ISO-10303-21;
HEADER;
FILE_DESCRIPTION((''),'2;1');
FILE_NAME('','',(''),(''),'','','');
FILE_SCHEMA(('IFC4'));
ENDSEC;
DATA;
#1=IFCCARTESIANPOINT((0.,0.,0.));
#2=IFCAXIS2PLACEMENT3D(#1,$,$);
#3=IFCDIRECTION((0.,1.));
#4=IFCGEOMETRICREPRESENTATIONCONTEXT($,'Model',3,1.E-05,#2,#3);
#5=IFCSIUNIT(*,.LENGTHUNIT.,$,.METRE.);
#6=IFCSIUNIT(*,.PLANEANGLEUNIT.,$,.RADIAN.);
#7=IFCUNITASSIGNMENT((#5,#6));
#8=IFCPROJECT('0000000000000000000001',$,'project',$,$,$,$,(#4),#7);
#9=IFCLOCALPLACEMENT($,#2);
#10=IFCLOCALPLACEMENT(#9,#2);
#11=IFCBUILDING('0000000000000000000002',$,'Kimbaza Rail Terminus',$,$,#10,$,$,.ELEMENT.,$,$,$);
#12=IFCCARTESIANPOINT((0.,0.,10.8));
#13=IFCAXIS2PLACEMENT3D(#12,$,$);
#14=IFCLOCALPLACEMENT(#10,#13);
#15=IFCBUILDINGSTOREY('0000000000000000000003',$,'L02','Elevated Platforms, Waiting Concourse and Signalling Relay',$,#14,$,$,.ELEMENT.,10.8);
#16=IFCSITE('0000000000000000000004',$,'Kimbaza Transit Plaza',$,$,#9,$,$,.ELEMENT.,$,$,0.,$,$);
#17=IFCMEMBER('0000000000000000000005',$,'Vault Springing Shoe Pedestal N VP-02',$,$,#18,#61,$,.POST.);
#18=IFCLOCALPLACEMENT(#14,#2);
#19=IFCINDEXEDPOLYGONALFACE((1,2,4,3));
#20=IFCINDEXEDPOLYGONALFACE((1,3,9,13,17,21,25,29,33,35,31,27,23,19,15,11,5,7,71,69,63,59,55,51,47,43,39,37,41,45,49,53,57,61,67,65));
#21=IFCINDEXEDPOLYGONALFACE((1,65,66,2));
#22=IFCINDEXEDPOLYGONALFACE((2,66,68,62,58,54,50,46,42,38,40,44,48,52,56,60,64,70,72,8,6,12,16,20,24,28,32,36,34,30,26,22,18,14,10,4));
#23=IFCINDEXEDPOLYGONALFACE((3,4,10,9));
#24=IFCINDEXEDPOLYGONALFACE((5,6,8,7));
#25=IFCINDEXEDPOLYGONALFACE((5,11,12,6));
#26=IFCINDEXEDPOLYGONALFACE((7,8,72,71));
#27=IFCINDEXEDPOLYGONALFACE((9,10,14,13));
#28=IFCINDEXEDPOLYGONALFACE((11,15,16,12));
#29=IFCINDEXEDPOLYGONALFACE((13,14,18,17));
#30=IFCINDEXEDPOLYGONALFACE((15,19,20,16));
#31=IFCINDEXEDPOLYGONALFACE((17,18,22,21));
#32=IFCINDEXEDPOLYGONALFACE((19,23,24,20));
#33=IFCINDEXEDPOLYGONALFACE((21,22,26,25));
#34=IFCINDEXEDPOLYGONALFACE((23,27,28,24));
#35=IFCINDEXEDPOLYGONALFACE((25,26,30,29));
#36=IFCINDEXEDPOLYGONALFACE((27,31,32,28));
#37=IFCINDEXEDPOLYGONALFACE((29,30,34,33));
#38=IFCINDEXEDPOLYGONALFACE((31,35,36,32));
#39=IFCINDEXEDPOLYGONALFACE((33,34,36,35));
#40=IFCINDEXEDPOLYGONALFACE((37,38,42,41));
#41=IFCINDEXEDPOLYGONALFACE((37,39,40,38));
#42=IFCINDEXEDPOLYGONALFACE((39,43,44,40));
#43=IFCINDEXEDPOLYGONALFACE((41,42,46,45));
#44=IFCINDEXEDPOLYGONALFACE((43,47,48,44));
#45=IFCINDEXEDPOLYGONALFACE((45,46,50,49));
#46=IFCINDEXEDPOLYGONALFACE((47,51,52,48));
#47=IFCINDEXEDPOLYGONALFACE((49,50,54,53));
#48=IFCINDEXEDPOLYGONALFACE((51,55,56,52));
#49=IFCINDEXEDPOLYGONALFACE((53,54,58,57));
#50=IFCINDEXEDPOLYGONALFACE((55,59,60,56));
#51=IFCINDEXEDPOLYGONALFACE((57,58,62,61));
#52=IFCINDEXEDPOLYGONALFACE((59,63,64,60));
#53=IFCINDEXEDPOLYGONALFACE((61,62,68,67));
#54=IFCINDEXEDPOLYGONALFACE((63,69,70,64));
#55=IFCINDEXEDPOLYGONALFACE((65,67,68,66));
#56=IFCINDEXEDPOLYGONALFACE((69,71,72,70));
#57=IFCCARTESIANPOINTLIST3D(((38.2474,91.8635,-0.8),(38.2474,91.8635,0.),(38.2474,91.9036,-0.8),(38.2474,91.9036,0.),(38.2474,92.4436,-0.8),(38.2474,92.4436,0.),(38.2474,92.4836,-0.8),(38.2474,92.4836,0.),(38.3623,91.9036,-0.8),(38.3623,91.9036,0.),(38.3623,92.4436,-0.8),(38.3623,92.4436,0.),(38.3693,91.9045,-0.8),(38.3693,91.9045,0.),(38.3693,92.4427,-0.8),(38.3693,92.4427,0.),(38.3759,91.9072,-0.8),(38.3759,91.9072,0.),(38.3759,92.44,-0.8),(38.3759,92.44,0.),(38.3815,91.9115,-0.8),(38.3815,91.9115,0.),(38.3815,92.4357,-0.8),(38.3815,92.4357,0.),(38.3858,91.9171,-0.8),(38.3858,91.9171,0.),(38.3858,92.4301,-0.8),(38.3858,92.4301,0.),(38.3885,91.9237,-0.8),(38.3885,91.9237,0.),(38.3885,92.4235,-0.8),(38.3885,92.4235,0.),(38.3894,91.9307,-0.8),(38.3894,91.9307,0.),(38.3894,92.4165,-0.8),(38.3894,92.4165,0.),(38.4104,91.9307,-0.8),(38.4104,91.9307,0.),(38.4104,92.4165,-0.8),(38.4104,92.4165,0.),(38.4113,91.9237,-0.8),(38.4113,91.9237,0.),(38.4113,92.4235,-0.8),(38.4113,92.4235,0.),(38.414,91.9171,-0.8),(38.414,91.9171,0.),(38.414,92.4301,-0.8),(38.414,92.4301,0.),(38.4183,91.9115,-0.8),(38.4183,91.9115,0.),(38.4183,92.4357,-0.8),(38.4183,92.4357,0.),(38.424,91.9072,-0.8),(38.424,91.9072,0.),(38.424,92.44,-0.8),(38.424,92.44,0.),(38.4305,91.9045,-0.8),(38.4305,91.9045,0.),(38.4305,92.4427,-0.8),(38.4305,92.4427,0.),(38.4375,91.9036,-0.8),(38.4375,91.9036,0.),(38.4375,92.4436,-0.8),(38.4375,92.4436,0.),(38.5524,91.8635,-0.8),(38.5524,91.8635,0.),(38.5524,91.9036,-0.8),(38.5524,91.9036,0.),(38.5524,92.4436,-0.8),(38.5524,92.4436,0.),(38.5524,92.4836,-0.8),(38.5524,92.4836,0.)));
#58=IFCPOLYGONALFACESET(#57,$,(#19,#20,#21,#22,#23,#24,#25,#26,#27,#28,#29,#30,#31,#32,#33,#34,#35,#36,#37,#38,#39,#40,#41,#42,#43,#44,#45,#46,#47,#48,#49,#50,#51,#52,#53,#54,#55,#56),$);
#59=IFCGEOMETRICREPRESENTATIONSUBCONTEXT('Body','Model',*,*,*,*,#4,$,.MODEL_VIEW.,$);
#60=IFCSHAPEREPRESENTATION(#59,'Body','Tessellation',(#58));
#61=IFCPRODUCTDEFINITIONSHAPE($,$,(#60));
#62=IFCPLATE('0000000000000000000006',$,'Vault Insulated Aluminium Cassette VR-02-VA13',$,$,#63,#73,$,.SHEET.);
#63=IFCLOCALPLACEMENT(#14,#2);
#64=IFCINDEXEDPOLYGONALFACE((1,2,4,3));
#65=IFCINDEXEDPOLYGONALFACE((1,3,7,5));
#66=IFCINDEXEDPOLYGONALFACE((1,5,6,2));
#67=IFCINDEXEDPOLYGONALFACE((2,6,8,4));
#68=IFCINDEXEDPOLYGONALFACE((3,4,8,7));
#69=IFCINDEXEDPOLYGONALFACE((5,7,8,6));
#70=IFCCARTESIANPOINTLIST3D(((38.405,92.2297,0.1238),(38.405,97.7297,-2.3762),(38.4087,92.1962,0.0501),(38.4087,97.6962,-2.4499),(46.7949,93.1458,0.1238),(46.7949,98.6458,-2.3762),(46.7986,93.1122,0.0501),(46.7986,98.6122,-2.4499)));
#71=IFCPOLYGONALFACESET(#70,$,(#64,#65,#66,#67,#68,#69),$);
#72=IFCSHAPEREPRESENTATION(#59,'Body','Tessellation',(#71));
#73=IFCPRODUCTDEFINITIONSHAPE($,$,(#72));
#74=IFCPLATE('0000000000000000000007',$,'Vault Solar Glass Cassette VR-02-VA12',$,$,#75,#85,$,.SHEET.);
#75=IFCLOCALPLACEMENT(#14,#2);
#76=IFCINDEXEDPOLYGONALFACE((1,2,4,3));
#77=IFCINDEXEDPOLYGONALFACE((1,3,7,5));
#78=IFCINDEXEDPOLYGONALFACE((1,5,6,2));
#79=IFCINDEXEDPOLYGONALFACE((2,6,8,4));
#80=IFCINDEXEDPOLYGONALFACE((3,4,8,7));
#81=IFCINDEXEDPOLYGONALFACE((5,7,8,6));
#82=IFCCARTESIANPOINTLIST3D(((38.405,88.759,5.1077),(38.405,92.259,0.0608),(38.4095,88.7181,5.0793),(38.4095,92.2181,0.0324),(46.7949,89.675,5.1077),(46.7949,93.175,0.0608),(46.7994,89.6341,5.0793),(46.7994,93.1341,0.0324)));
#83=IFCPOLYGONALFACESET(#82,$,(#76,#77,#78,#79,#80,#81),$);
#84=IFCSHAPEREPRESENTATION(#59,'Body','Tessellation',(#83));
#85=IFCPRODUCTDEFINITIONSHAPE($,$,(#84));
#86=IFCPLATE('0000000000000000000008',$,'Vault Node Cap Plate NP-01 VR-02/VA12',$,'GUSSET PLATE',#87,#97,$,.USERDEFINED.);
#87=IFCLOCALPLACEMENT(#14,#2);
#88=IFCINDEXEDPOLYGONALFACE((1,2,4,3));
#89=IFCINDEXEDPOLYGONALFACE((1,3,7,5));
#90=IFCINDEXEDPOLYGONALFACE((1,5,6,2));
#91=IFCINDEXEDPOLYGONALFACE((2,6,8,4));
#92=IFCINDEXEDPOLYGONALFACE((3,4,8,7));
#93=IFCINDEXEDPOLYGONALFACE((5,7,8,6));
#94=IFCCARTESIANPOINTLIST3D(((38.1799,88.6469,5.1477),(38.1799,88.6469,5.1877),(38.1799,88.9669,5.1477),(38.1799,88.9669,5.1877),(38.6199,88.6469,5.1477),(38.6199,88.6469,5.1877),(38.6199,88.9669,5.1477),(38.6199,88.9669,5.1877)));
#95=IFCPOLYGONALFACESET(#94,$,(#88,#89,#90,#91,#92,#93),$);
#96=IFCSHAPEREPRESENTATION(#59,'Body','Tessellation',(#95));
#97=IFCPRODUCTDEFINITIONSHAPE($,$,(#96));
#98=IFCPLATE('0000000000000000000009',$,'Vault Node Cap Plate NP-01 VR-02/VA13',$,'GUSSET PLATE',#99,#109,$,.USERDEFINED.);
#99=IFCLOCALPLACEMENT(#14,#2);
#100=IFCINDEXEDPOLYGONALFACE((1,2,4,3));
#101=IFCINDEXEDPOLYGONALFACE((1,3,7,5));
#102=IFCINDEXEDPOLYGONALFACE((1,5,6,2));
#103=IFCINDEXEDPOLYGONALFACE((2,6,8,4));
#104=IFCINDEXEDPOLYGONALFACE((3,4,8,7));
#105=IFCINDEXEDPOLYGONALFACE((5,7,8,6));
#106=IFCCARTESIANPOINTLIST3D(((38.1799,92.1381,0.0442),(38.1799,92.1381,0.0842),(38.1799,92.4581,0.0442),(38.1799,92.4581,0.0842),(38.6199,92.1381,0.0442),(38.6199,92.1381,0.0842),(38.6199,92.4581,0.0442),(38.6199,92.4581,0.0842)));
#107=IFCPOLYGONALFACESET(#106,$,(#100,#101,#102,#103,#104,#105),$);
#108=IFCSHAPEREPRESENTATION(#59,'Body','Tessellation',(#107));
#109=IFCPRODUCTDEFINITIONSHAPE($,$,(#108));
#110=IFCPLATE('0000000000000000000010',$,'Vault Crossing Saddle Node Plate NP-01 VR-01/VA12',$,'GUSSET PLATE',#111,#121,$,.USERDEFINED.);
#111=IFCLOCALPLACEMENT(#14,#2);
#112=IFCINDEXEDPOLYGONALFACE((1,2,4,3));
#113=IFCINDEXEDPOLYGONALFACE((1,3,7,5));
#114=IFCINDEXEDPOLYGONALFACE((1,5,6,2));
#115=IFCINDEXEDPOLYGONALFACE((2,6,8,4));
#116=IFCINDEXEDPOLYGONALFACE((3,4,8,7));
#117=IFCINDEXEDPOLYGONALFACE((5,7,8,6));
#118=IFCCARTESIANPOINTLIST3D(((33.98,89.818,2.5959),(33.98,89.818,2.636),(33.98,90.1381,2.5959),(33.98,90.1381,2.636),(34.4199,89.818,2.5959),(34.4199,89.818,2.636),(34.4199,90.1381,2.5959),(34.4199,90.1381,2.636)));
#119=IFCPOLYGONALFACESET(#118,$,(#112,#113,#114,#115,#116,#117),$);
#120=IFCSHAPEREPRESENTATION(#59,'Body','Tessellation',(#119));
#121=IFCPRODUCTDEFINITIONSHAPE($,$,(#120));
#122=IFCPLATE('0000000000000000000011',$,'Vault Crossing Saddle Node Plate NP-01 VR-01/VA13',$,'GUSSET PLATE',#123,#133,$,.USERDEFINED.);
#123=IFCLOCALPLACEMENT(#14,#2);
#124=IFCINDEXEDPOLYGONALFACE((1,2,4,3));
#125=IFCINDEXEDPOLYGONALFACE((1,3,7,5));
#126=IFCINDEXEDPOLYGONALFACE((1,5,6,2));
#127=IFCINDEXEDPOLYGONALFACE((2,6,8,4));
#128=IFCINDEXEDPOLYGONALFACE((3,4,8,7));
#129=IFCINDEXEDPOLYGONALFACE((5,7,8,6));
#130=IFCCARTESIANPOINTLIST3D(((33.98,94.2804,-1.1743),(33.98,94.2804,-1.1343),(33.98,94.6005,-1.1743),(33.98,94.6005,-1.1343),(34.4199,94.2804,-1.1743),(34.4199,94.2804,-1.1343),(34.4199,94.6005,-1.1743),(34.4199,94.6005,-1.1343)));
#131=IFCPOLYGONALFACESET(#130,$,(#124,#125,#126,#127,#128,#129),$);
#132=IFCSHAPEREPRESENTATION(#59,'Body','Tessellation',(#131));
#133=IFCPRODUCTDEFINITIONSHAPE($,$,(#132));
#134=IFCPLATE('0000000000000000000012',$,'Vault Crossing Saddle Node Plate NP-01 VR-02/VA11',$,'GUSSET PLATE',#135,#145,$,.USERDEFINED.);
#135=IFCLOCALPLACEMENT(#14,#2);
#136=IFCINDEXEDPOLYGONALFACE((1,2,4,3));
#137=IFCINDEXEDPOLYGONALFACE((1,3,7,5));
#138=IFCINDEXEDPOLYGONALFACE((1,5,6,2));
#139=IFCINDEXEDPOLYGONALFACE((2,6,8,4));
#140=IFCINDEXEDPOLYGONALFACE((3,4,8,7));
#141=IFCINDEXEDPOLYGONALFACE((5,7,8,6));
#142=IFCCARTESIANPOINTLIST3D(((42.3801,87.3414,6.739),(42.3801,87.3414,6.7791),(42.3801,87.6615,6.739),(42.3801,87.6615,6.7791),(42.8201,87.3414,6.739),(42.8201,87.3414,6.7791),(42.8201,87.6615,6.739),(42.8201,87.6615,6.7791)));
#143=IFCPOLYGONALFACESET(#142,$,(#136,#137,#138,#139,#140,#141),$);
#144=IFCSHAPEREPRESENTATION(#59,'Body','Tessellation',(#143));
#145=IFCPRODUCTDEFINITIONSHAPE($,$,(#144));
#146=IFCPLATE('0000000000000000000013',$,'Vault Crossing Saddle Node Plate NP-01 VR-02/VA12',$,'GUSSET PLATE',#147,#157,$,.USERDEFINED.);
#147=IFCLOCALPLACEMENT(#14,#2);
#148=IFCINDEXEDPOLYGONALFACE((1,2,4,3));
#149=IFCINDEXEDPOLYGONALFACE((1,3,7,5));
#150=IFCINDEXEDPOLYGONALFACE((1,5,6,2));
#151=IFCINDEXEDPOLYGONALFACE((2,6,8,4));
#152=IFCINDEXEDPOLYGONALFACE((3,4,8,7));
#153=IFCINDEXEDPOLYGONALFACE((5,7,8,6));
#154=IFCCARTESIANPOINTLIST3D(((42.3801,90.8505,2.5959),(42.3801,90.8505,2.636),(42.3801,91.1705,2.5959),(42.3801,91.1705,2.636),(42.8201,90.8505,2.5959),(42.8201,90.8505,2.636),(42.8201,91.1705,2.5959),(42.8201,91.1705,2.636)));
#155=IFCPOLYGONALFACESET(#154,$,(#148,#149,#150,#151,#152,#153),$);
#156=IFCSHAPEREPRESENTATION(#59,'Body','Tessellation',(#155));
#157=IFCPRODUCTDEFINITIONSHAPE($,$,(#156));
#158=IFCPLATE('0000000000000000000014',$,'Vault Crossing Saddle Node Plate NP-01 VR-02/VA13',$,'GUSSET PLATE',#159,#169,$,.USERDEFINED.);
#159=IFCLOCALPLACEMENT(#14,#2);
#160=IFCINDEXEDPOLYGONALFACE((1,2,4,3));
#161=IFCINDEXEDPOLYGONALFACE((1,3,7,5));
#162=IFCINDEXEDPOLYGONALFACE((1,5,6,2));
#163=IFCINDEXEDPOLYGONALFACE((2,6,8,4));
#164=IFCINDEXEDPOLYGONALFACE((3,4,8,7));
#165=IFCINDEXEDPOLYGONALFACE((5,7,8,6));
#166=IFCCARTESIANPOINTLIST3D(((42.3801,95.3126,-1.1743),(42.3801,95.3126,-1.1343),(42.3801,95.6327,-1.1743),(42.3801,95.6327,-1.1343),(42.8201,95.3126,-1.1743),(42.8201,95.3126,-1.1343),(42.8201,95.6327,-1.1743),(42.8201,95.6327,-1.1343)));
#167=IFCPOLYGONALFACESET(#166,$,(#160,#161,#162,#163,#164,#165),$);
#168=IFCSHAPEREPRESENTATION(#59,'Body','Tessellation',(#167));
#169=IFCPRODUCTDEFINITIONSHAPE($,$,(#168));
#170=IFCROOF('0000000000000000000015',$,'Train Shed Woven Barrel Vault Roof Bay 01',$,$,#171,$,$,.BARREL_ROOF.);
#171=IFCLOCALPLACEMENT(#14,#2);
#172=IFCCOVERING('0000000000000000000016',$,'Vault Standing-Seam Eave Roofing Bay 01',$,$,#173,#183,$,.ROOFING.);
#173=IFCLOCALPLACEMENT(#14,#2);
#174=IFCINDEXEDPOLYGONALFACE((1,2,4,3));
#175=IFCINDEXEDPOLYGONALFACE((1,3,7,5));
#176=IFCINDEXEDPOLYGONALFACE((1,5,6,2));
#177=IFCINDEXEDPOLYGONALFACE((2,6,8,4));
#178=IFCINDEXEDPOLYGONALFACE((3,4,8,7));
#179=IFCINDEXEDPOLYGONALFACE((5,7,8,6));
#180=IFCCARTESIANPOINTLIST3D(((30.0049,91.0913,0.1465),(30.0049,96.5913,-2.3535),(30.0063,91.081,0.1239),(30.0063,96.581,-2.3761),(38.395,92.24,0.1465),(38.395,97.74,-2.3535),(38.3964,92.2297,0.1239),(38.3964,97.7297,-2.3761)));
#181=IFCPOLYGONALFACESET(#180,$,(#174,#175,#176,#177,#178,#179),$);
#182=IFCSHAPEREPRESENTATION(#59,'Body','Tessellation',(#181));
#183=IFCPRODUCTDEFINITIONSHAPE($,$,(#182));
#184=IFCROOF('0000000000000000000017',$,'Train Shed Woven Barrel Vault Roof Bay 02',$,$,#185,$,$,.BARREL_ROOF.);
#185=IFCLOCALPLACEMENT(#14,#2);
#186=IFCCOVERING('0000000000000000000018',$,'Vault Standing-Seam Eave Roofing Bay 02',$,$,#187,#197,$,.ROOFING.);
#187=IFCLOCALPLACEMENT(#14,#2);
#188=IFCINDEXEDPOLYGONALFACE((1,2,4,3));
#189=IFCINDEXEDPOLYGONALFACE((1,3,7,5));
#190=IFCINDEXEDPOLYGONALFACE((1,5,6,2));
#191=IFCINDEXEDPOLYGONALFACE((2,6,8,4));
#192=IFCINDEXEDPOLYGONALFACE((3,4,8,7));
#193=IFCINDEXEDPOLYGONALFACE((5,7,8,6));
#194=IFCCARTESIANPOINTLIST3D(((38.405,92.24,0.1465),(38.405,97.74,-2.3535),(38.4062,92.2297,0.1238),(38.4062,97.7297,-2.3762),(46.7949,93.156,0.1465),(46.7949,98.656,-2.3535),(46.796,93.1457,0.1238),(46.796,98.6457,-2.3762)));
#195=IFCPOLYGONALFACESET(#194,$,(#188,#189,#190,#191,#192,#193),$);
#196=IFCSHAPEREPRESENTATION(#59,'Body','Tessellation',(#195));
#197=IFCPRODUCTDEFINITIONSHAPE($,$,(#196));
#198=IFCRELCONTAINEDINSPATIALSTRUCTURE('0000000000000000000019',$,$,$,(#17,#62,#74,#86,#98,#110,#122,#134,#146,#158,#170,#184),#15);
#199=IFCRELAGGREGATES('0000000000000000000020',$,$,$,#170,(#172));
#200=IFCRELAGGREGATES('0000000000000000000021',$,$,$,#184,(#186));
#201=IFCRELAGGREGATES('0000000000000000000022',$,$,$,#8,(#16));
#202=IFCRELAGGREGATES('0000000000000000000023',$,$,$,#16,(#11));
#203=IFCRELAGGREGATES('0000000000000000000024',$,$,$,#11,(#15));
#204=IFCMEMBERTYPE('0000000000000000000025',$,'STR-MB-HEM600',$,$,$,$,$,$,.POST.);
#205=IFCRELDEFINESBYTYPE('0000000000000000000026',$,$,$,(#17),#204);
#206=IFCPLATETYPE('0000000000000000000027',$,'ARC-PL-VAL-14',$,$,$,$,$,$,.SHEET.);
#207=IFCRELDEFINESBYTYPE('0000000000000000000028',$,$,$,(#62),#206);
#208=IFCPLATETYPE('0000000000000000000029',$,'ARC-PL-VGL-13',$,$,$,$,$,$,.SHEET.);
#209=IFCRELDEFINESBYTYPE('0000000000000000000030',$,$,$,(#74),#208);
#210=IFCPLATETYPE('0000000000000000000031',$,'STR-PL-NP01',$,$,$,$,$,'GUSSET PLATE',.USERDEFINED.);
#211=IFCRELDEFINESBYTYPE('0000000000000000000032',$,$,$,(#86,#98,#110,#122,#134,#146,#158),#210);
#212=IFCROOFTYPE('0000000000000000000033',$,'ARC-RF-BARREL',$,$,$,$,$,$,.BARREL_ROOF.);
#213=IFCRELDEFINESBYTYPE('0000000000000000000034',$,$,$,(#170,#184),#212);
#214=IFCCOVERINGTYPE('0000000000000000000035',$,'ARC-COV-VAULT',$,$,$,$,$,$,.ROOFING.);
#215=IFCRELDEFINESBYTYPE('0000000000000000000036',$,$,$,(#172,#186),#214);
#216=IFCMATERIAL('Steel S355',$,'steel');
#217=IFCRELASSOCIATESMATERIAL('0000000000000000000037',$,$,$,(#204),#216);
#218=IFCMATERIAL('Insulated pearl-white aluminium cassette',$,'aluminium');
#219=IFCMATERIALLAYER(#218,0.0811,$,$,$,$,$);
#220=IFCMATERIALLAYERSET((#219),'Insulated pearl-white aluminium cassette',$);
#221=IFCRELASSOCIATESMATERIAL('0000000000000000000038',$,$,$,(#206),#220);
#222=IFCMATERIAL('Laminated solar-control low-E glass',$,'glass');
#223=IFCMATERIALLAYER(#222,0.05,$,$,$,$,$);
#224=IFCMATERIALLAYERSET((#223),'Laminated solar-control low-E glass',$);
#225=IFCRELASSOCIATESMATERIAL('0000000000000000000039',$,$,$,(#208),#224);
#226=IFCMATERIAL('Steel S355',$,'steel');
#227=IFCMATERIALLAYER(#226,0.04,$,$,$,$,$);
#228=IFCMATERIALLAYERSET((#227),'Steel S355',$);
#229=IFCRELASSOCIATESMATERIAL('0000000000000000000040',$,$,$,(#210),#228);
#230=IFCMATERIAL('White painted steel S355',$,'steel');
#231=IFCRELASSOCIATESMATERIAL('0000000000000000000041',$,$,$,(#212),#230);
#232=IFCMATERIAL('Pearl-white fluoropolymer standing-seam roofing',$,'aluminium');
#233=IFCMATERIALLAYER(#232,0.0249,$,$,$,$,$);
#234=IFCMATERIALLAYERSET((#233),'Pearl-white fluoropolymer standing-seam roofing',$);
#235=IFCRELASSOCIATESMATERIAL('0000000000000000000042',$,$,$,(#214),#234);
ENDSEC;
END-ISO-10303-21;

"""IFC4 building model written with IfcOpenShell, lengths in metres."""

from ifc_helpers import new_model, si_unit, direction, frame, origin, origin_2d, place, context, subcontext, project, spatial, polyline, rectangle, i_section, outline, extrude, material, layer, layer_set, material_profile, profile_set, type_object, element, aggregate, save


model = new_model("IFC4")

# Units and contexts
model_context = context("Model", 3, precision=1e-05, world=origin(), true_north=direction((0.0, 1.0)))
body_context = subcontext(model_context, "Body", "Model", "MODEL_VIEW")
ifc_project = project(units=[si_unit("LENGTHUNIT", "METRE"), si_unit("PLANEANGLEUNIT", "RADIAN")], contexts=[model_context])

# Site, building, storey
site_placement = place(None, origin())
site = spatial("IfcSite", under=ifc_project, at=site_placement, Name="Kimbaza Transit Plaza", CompositionType="ELEMENT", RefElevation=0.0)
building_placement = place(site_placement, origin())
building = spatial("IfcBuilding", under=site, at=building_placement, Name="Kimbaza Rail Terminus", CompositionType="ELEMENT")
storey_placement = place(building_placement, frame((0.0, 0.0, 10.8)))
storey = spatial("IfcBuildingStorey", under=building, at=storey_placement, Name="L02", Description="Elevated Platforms, Waiting Concourse and Signalling Relay", CompositionType="ELEMENT", Elevation=10.8)

# Member
ifc_material_1 = material(Name="Steel S355", Category="steel")
ifc_material_profile_1 = material_profile(ifc_material_1, i_section(OverallWidth=0.3049, OverallDepth=0.6201, WebThickness=0.021, FlangeThickness=0.04, FilletRadius=0.0271, at=origin_2d()), Name="HEM 600")
ifc_profile_set_1 = profile_set([ifc_material_profile_1], Name="Steel S355")
member_type_1 = type_object("IfcMemberType", Name="STR-MB-HEM600", PredefinedType="POST", material=ifc_profile_set_1)
member_1_placement = place(storey_placement, frame((38.3999, 92.1736, -0.8), z_axis=(0.0, 0.0, 1.0), x_axis=(1.0, 0.0, 0.0)))
element("IfcMember", 1, at=member_1_placement, inside=storey, type_object=member_type_1, Name="Vault Springing Shoe Pedestal N VP-02", PredefinedType="POST", context=body_context, shape_type="SweptSolid", body=[
    extrude(i_section(OverallWidth=0.3049, OverallDepth=0.6201, WebThickness=0.021, FlangeThickness=0.04, FilletRadius=0.0271, at=origin_2d()), origin(), (0.0, 0.0, 1.0), 0.8),
])

# Plates
ifc_material_2 = material(Name="Insulated pearl-white aluminium cassette", Category="aluminium")
ifc_layer_1 = layer(ifc_material_2, 0.0811)
ifc_layer_set_1 = layer_set([ifc_layer_1], Name="Insulated pearl-white aluminium cassette")
plate_type_1 = type_object("IfcPlateType", Name="ARC-PL-VAL-14", PredefinedType="SHEET", material=ifc_layer_set_1)
plate_1_placement = place(storey_placement, frame((38.405, 92.2297, 0.1238), z_axis=(-0.045133, 0.413381, 0.909439), x_axis=(0.994093, 0.108536, 0.0)))
element("IfcPlate", 2, at=plate_1_placement, inside=storey, type_object=plate_type_1, Name="Vault Insulated Aluminium Cassette VR-02-VA13", PredefinedType="SHEET", context=body_context, shape_type="SweptSolid", body=[
    extrude(outline(polyline([(0.0, 0.0), (8.4398, 0.0), (9.0367, 6.012), (0.5969, 6.012), (0.0, 0.0)])), origin(), (0.0, 0.0, -1.0), 0.0811),
])
ifc_material_3 = material(Name="Laminated solar-control low-E glass", Category="glass")
ifc_layer_2 = layer(ifc_material_3, 0.05)
ifc_layer_set_2 = layer_set([ifc_layer_2], Name="Laminated solar-control low-E glass")
plate_type_2 = type_object("IfcPlateType", Name="ARC-PL-VGL-13", PredefinedType="SHEET", material=ifc_layer_set_2)
plate_2_placement = place(storey_placement, frame((38.405, 88.759, 5.1077), z_axis=(-0.089359, 0.818447, 0.567591), x_axis=(0.994093, 0.108536, 0.0)))
element("IfcPlate", 3, at=plate_2_placement, inside=storey, type_object=plate_type_2, Name="Vault Solar Glass Cassette VR-02-VA12", PredefinedType="SHEET", context=body_context, shape_type="SweptSolid", body=[
    extrude(outline(polyline([(0.0, 0.0), (8.4398, 0.0), (8.8196, 6.13), (0.3799, 6.13), (0.0, 0.0)])), origin(), (0.0, 0.0, -1.0), 0.05),
])
ifc_material_4 = material(Name="Steel S355", Category="steel")
ifc_layer_3 = layer(ifc_material_4, 0.04)
ifc_layer_set_3 = layer_set([ifc_layer_3], Name="Steel S355")
plate_type_3 = type_object("IfcPlateType", Name="STR-PL-NP01", ElementType="GUSSET PLATE", PredefinedType="USERDEFINED", material=ifc_layer_set_3)
for number, where, z_axis, x_axis, name in (
    (4, (38.3999, 88.8069, 5.1477), (0.0, 0.0, 1.0), (1.0, 0.0, 0.0), "Vault Node Cap Plate NP-01 VR-02/VA12"),
    (5, (38.3999, 92.2981, 0.0442), (0.0, 0.0, 1.0), (1.0, 0.0, 0.0), "Vault Node Cap Plate NP-01 VR-02/VA13"),
    (6, (34.2, 89.978, 2.5959), (0.0, 0.0, 1.0), (1.0, 0.0, 0.0), "Vault Crossing Saddle Node Plate NP-01 VR-01/VA12"),
    (7, (34.2, 94.4404, -1.1743), (0.0, 0.0, 1.0), (1.0, 0.0, 0.0), "Vault Crossing Saddle Node Plate NP-01 VR-01/VA13"),
    (8, (42.6001, 87.5015, 6.739), (0.0, 0.0, 1.0), (1.0, 0.0, 0.0), "Vault Crossing Saddle Node Plate NP-01 VR-02/VA11"),
    (9, (42.6001, 91.0105, 2.5959), (0.0, 0.0, 1.0), (1.0, 0.0, 0.0), "Vault Crossing Saddle Node Plate NP-01 VR-02/VA12"),
    (10, (42.6001, 95.4727, -1.1743), (0.0, 0.0, 1.0), (1.0, 0.0, 0.0), "Vault Crossing Saddle Node Plate NP-01 VR-02/VA13"),
):
    element("IfcPlate", number, at=place(storey_placement, frame(where, z_axis=z_axis, x_axis=x_axis)), inside=storey, type_object=plate_type_3, Name=name, ObjectType="GUSSET PLATE", PredefinedType="USERDEFINED", context=body_context, shape_type="SweptSolid", body=[
        extrude(rectangle(XDim=0.4399, YDim=0.3201, at=origin_2d()), origin(), (0.0, 0.0, 1.0), 0.04),
    ])

# Roofs, coverings
ifc_material_5 = material(Name="White painted steel S355", Category="steel")
roof_type = type_object("IfcRoofType", Name="ARC-RF-BARREL", PredefinedType="BARREL_ROOF", material=ifc_material_5)
roof_1_placement = place(storey_placement, origin())
roof_1 = element("IfcRoof", 11, at=roof_1_placement, inside=storey, type_object=roof_type, Name="Train Shed Woven Barrel Vault Roof Bay 01", PredefinedType="BARREL_ROOF")
ifc_material_6 = material(Name="Pearl-white fluoropolymer standing-seam roofing", Category="aluminium")
ifc_layer_4 = layer(ifc_material_6, 0.0249)
ifc_layer_set_4 = layer_set([ifc_layer_4], Name="Pearl-white fluoropolymer standing-seam roofing")
covering_type = type_object("IfcCoveringType", Name="ARC-COV-VAULT", PredefinedType="ROOFING", material=ifc_layer_set_4)
covering_1_placement = place(storey_placement, frame((30.0049, 91.0913, 0.1465), z_axis=(-0.056562, 0.41314, 0.908909), x_axis=(0.990758, 0.135643, 0.0)))
covering_1 = element("IfcCovering", 12, at=covering_1_placement, type_object=covering_type, Name="Vault Standing-Seam Eave Roofing Bay 01", PredefinedType="ROOFING", context=body_context, shape_type="SweptSolid", body=[
    extrude(outline(polyline([(0.0, 0.0), (8.4684, 0.0), (9.2144, 5.9953), (0.746, 5.9953), (0.0, 0.0)])), origin(), (0.0, 0.0, -1.0), 0.0249),
])
aggregate(roof_1, [covering_1])
roof_2_placement = place(storey_placement, origin())
roof_2 = element("IfcRoof", 13, at=roof_2_placement, inside=storey, type_object=roof_type, Name="Train Shed Woven Barrel Vault Roof Bay 02", PredefinedType="BARREL_ROOF")
covering_2_placement = place(storey_placement, frame((38.405, 92.24, 0.1465), z_axis=(-0.045133, 0.413381, 0.909439), x_axis=(0.994093, 0.108536, 0.0)))
covering_2 = element("IfcCovering", 14, at=covering_2_placement, type_object=covering_type, Name="Vault Standing-Seam Eave Roofing Bay 02", PredefinedType="ROOFING", context=body_context, shape_type="SweptSolid", body=[
    extrude(outline(polyline([(0.0, 0.0), (8.4398, 0.0), (9.0367, 6.012), (0.5969, 6.012), (0.0, 0.0)])), origin(), (0.0, 0.0, -1.0), 0.0249),
])
aggregate(roof_2, [covering_2])

save(model, "model.ifc")
